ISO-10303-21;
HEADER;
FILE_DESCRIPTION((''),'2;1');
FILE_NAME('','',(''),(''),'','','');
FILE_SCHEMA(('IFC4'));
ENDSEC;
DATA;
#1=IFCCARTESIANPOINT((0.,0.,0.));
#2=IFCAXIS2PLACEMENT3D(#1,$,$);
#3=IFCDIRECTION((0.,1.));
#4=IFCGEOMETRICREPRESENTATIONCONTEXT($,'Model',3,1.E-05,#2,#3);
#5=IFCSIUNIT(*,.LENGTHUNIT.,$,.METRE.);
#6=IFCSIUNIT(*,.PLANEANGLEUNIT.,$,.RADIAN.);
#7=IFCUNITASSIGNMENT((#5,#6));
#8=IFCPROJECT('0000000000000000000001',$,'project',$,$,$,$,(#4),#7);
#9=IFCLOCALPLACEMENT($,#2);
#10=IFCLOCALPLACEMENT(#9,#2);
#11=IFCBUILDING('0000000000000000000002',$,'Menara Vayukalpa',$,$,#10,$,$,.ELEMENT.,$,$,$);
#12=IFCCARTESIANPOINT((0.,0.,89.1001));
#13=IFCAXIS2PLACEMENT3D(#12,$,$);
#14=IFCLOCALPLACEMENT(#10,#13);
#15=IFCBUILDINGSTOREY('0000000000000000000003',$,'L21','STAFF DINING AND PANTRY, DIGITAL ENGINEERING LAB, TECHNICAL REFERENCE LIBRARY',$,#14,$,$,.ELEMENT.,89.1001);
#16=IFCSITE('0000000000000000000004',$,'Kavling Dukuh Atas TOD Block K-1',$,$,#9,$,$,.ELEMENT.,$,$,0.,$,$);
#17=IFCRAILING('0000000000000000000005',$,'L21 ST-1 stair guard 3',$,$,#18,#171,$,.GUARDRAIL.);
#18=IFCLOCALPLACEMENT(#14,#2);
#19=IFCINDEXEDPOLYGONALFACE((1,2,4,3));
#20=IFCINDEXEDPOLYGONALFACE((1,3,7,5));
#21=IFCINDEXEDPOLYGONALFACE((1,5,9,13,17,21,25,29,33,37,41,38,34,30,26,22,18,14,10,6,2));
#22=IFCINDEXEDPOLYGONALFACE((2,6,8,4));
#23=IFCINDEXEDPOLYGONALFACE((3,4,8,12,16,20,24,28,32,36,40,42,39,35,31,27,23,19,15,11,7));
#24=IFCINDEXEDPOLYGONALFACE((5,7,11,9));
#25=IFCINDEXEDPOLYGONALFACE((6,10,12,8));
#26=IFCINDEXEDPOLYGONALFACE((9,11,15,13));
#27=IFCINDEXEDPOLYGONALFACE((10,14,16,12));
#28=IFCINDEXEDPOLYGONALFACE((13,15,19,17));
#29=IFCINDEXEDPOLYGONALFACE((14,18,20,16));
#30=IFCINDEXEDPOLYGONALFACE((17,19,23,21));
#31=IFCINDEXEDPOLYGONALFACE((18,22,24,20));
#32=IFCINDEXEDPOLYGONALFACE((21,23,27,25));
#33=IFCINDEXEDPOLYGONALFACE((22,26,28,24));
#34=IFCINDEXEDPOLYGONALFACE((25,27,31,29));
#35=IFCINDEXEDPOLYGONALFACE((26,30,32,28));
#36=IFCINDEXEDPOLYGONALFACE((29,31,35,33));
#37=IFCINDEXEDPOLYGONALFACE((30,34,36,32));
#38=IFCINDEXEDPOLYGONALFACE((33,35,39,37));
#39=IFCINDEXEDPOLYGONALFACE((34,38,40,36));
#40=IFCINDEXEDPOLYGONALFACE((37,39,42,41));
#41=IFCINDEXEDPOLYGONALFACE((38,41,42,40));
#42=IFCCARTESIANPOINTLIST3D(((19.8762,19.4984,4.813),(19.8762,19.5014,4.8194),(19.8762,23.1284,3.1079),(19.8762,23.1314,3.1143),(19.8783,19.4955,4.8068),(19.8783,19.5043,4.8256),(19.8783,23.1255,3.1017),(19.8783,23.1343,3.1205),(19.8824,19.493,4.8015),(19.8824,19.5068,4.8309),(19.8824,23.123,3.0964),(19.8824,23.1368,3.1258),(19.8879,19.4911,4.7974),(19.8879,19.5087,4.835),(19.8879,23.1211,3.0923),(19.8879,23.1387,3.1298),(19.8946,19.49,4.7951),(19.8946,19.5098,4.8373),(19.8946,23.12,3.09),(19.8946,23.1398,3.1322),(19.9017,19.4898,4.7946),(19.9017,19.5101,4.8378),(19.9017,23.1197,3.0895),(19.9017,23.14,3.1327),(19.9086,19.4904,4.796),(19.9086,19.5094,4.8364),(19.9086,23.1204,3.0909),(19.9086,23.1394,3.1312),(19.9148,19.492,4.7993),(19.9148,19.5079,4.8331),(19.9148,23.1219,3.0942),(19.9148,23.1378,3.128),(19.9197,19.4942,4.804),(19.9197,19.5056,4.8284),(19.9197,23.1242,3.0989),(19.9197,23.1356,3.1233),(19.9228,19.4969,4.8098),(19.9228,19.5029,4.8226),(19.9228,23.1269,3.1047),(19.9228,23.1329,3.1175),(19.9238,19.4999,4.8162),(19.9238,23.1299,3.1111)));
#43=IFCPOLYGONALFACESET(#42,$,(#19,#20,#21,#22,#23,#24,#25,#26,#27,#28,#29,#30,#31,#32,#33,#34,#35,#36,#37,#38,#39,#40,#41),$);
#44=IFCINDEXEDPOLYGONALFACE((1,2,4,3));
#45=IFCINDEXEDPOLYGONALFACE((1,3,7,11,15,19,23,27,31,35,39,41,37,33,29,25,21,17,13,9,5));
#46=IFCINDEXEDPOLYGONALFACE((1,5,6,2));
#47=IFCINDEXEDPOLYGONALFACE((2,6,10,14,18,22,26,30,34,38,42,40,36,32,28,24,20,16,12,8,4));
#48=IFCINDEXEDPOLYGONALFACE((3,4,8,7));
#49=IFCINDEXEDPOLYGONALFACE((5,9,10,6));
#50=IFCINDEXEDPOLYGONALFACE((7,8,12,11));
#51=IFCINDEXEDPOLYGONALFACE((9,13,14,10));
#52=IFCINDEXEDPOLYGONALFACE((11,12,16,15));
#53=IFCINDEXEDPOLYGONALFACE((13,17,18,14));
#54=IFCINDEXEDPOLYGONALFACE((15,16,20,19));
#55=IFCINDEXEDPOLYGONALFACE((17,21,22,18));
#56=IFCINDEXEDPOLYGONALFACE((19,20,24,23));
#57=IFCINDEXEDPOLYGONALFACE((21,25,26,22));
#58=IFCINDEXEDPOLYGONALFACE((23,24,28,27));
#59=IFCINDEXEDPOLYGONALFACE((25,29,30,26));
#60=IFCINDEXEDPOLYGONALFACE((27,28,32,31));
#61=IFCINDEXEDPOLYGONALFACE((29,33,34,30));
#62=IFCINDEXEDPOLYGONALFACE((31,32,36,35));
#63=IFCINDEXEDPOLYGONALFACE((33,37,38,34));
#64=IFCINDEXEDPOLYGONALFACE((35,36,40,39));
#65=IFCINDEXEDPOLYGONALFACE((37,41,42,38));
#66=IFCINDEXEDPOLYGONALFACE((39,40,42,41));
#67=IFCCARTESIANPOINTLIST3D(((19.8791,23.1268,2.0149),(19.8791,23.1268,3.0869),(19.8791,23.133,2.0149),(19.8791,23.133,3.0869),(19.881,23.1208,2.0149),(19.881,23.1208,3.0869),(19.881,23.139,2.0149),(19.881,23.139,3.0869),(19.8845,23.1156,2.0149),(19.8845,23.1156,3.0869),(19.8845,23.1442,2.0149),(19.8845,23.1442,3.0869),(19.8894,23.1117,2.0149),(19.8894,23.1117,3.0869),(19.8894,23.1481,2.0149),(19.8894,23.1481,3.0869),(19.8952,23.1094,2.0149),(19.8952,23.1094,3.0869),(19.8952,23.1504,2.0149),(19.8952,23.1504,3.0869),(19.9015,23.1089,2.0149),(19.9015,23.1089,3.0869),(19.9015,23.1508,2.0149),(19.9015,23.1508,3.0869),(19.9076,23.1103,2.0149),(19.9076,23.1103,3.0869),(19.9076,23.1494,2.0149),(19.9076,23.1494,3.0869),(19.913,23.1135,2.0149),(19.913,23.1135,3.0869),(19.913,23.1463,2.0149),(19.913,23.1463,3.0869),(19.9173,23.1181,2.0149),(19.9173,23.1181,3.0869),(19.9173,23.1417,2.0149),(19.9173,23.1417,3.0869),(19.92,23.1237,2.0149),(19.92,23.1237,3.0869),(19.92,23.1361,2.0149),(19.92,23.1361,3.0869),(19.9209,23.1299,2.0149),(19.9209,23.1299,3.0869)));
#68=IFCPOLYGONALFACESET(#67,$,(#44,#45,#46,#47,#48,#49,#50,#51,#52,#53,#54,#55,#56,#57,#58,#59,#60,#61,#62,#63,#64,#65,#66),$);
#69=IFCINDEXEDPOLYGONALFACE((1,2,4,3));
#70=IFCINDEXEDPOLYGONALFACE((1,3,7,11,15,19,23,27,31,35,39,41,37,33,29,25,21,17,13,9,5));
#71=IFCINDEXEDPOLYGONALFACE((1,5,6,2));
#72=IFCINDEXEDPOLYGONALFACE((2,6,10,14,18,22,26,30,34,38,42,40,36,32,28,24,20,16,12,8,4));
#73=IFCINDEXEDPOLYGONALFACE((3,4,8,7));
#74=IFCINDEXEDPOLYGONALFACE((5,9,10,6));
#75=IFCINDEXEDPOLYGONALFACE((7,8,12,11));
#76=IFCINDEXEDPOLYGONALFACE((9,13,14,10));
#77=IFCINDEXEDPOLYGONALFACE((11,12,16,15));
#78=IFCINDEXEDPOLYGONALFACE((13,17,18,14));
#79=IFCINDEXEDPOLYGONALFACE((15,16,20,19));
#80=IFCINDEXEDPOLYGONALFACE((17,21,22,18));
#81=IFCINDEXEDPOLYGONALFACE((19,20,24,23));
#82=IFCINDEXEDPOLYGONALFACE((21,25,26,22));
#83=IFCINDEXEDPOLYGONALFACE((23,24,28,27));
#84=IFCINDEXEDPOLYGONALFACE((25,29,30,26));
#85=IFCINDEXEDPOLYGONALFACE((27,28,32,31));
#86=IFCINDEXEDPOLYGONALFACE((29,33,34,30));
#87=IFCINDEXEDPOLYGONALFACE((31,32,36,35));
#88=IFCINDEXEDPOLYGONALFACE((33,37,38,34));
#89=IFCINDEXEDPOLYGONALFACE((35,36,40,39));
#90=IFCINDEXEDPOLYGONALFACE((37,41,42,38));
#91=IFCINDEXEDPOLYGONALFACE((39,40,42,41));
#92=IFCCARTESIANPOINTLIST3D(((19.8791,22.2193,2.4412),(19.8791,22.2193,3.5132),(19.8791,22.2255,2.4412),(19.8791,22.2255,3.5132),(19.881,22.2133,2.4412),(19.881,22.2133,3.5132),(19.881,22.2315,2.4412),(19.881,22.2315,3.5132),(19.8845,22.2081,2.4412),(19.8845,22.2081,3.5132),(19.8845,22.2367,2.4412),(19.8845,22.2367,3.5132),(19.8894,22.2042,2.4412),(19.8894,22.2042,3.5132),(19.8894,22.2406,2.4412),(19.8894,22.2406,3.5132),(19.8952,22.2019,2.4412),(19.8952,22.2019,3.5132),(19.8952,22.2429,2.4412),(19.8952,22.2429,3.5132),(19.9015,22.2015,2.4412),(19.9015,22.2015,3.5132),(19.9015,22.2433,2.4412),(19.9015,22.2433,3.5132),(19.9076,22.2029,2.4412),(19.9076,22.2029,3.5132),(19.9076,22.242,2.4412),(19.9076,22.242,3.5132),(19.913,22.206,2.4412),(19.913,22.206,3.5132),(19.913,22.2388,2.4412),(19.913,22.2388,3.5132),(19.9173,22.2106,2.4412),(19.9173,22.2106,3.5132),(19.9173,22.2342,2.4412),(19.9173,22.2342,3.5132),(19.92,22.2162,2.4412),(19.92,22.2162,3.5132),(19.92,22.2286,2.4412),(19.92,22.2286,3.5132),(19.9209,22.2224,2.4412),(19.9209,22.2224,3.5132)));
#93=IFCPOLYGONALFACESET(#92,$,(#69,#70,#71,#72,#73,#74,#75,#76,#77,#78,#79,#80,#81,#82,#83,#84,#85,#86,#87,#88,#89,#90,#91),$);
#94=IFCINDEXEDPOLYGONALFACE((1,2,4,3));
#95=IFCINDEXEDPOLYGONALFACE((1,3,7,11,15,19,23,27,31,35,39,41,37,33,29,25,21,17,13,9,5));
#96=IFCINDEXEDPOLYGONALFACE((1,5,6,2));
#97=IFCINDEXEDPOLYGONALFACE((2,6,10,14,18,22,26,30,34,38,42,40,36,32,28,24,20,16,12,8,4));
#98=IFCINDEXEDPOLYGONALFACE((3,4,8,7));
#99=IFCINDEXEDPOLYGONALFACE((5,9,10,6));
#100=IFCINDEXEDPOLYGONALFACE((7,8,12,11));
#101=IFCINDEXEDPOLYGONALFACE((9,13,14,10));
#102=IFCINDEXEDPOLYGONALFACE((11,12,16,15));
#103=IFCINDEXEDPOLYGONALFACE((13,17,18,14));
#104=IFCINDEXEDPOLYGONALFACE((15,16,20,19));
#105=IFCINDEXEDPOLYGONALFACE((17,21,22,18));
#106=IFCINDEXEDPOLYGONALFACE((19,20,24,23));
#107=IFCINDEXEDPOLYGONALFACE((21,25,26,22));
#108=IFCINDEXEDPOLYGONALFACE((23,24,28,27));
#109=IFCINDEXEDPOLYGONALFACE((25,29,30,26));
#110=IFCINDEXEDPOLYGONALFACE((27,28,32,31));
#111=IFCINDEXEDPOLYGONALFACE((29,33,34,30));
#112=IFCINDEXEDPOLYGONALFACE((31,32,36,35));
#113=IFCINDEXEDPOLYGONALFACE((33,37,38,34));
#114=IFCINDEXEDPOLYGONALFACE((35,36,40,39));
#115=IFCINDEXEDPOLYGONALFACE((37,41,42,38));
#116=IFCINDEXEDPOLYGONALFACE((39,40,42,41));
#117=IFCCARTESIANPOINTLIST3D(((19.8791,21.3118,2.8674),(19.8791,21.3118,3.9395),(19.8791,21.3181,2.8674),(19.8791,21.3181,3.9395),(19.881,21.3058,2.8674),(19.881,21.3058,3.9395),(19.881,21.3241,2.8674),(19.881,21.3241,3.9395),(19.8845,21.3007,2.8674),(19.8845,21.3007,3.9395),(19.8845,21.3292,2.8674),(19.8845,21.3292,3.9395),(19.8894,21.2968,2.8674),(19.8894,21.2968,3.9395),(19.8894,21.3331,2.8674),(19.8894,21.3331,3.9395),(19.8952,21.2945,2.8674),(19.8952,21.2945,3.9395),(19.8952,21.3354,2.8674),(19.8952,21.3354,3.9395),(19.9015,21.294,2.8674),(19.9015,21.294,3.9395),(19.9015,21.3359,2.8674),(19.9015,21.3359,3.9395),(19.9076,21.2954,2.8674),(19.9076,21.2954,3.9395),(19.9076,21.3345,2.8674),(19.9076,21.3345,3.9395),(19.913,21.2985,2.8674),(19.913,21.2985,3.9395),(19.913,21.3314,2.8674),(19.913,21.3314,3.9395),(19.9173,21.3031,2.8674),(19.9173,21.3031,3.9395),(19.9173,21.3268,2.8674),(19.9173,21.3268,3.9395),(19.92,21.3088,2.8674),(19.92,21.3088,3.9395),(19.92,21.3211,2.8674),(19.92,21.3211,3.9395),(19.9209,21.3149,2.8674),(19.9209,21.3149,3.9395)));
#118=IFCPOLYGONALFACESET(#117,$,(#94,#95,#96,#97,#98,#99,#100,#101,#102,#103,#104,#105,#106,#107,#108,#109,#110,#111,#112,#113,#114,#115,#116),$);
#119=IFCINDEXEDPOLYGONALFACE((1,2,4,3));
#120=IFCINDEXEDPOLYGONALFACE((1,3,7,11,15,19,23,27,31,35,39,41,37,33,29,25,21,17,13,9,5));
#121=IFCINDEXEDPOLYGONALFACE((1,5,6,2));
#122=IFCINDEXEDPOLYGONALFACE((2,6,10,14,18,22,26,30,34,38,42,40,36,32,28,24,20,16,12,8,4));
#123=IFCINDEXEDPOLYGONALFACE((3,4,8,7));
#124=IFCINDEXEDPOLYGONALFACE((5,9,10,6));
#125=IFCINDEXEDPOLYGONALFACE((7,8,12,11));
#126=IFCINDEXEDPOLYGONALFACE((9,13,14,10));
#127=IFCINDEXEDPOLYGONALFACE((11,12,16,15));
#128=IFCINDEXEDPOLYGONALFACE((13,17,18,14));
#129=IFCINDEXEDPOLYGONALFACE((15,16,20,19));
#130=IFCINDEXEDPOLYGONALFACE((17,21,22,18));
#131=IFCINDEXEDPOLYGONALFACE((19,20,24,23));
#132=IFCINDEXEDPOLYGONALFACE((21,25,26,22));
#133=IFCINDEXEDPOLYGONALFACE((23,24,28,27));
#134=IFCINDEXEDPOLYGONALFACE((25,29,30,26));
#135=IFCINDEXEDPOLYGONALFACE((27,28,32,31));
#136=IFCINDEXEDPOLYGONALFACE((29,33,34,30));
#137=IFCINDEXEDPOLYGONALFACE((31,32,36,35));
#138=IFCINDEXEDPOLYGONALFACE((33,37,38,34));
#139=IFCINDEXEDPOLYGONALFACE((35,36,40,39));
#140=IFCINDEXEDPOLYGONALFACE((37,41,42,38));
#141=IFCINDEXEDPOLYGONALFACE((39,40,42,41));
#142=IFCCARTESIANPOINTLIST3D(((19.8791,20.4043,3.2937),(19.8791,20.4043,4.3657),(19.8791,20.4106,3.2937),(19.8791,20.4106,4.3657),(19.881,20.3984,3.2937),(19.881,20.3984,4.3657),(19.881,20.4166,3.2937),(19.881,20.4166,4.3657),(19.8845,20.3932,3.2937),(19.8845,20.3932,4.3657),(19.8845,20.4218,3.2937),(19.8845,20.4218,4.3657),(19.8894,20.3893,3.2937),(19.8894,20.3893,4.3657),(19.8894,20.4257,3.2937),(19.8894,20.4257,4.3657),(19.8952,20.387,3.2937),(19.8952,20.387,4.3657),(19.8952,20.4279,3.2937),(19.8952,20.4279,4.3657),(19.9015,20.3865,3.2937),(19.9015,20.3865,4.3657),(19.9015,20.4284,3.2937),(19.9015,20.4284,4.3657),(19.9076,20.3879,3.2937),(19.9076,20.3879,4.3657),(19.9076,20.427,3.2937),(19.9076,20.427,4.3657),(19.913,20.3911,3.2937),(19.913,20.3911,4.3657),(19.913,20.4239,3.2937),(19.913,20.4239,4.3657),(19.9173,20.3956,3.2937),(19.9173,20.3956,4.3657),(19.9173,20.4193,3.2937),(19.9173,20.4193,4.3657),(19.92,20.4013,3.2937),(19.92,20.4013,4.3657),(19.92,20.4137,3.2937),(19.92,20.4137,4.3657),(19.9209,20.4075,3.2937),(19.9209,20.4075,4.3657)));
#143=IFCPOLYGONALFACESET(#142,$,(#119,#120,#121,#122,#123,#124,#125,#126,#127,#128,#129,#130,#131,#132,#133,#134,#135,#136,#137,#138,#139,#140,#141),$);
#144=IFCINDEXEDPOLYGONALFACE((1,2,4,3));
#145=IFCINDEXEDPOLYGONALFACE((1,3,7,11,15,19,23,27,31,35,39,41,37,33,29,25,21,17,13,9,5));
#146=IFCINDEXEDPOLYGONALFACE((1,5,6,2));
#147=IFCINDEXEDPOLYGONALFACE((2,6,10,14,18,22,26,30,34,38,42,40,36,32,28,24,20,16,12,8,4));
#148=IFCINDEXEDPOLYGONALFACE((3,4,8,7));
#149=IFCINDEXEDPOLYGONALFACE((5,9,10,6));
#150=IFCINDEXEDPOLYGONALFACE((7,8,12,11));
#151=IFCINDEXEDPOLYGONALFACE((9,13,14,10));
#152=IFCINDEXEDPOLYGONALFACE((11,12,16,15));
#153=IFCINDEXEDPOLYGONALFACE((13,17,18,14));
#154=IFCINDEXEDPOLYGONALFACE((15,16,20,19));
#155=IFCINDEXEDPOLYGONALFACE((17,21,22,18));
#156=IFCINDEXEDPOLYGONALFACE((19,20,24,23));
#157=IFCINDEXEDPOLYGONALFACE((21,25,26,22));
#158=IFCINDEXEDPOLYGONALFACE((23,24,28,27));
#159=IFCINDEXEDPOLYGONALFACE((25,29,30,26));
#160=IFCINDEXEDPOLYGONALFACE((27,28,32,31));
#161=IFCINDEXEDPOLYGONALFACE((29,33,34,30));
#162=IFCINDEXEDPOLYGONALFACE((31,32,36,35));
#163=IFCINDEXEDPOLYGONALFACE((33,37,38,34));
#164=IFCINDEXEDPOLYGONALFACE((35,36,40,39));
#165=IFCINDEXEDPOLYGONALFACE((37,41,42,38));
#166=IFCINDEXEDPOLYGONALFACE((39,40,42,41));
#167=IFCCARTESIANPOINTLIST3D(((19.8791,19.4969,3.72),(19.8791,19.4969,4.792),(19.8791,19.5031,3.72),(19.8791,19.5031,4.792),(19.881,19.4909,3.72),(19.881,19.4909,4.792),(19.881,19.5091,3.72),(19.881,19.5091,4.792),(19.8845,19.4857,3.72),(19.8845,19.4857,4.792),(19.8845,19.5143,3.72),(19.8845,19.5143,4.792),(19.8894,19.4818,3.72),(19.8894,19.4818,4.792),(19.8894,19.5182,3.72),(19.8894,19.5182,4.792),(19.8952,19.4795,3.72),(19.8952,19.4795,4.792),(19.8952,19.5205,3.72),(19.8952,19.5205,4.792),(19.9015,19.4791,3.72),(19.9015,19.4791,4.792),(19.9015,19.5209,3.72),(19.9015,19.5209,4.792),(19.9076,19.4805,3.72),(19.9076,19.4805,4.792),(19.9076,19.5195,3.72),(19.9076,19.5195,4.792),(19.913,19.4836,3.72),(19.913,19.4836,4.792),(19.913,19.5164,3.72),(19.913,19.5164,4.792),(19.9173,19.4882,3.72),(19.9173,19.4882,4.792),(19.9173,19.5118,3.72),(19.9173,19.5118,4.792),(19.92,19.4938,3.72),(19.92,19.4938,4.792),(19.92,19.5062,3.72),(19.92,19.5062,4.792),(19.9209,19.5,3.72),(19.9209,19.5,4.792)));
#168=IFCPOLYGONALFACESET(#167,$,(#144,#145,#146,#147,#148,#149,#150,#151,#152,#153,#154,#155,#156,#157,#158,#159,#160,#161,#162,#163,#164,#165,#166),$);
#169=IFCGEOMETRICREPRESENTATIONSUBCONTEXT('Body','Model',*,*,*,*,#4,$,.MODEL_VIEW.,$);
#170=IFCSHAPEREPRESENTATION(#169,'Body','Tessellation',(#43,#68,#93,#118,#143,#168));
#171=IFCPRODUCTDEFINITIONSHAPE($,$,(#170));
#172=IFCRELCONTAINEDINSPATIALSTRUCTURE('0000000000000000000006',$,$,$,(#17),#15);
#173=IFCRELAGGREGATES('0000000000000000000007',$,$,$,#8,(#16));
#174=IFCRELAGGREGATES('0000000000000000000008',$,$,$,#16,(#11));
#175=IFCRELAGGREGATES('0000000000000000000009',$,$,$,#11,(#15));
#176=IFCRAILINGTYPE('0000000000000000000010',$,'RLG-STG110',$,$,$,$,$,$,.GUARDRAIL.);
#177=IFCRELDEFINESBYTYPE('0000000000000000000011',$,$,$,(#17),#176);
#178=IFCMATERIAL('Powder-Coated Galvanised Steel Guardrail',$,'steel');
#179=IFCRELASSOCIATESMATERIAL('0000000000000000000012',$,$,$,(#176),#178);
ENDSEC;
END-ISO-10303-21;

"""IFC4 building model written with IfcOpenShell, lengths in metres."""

from ifc_helpers import new_model, si_unit, direction, frame, origin, origin_2d, place, context, subcontext, project, spatial, circle, extrude, material, type_object, element, save


model = new_model("IFC4")

# Units and contexts
model_context = context("Model", 3, precision=1e-05, world=origin(), true_north=direction((0.0, 1.0)))
body_context = subcontext(model_context, "Body", "Model", "MODEL_VIEW")
ifc_project = project(units=[si_unit("LENGTHUNIT", "METRE"), si_unit("PLANEANGLEUNIT", "RADIAN")], contexts=[model_context])

# Site, building, storey
site_placement = place(None, origin())
site = spatial("IfcSite", under=ifc_project, at=site_placement, Name="Kavling Dukuh Atas TOD Block K-1", CompositionType="ELEMENT", RefElevation=0.0)
building_placement = place(site_placement, origin())
building = spatial("IfcBuilding", under=site, at=building_placement, Name="Menara Vayukalpa", CompositionType="ELEMENT")
storey_placement = place(building_placement, frame((0.0, 0.0, 89.1001)))
storey = spatial("IfcBuildingStorey", under=building, at=storey_placement, Name="L21", Description="STAFF DINING AND PANTRY, DIGITAL ENGINEERING LAB, TECHNICAL REFERENCE LIBRARY", CompositionType="ELEMENT", Elevation=89.1001)

# Railing
ifc_material_1 = material(Name="Powder-Coated Galvanised Steel Guardrail", Category="steel")
railing_type_1 = type_object("IfcRailingType", Name="RLG-STG110", PredefinedType="GUARDRAIL", material=ifc_material_1)
railing_1_placement = place(storey_placement, frame((19.8999, 23.1299, 2.0149)))
element("IfcRailing", 1, at=railing_1_placement, inside=storey, type_object=railing_type_1, Name="L21 ST-1 stair guard 3", PredefinedType="GUARDRAIL", context=body_context, shape_type="SweptSolid", body=[
    extrude(circle(Radius=0.0239, at=origin_2d()), frame((0.0, 0.0, 1.0962), z_axis=(0.0, -0.905116, 0.425164), x_axis=(1.0, 0.0, 0.0)), (0.0, 0.0, 1.0), 4.0105),
    extrude(circle(Radius=0.021, at=origin_2d()), origin(), (0.0, 0.0, 1.0), 1.072),
    extrude(circle(Radius=0.021, at=origin_2d()), frame((0.0, -0.9075, 0.4263)), (0.0, 0.0, 1.0), 1.072),
    extrude(circle(Radius=0.021, at=origin_2d()), frame((0.0, -1.8149, 0.8525)), (0.0, 0.0, 1.0), 1.072),
    extrude(circle(Radius=0.021, at=origin_2d()), frame((0.0, -2.7224, 1.2788)), (0.0, 0.0, 1.0), 1.072),
    extrude(circle(Radius=0.021, at=origin_2d()), frame((0.0, -3.6299, 1.7051)), (0.0, 0.0, 1.0), 1.072),
])

save(model, "model.ifc")
